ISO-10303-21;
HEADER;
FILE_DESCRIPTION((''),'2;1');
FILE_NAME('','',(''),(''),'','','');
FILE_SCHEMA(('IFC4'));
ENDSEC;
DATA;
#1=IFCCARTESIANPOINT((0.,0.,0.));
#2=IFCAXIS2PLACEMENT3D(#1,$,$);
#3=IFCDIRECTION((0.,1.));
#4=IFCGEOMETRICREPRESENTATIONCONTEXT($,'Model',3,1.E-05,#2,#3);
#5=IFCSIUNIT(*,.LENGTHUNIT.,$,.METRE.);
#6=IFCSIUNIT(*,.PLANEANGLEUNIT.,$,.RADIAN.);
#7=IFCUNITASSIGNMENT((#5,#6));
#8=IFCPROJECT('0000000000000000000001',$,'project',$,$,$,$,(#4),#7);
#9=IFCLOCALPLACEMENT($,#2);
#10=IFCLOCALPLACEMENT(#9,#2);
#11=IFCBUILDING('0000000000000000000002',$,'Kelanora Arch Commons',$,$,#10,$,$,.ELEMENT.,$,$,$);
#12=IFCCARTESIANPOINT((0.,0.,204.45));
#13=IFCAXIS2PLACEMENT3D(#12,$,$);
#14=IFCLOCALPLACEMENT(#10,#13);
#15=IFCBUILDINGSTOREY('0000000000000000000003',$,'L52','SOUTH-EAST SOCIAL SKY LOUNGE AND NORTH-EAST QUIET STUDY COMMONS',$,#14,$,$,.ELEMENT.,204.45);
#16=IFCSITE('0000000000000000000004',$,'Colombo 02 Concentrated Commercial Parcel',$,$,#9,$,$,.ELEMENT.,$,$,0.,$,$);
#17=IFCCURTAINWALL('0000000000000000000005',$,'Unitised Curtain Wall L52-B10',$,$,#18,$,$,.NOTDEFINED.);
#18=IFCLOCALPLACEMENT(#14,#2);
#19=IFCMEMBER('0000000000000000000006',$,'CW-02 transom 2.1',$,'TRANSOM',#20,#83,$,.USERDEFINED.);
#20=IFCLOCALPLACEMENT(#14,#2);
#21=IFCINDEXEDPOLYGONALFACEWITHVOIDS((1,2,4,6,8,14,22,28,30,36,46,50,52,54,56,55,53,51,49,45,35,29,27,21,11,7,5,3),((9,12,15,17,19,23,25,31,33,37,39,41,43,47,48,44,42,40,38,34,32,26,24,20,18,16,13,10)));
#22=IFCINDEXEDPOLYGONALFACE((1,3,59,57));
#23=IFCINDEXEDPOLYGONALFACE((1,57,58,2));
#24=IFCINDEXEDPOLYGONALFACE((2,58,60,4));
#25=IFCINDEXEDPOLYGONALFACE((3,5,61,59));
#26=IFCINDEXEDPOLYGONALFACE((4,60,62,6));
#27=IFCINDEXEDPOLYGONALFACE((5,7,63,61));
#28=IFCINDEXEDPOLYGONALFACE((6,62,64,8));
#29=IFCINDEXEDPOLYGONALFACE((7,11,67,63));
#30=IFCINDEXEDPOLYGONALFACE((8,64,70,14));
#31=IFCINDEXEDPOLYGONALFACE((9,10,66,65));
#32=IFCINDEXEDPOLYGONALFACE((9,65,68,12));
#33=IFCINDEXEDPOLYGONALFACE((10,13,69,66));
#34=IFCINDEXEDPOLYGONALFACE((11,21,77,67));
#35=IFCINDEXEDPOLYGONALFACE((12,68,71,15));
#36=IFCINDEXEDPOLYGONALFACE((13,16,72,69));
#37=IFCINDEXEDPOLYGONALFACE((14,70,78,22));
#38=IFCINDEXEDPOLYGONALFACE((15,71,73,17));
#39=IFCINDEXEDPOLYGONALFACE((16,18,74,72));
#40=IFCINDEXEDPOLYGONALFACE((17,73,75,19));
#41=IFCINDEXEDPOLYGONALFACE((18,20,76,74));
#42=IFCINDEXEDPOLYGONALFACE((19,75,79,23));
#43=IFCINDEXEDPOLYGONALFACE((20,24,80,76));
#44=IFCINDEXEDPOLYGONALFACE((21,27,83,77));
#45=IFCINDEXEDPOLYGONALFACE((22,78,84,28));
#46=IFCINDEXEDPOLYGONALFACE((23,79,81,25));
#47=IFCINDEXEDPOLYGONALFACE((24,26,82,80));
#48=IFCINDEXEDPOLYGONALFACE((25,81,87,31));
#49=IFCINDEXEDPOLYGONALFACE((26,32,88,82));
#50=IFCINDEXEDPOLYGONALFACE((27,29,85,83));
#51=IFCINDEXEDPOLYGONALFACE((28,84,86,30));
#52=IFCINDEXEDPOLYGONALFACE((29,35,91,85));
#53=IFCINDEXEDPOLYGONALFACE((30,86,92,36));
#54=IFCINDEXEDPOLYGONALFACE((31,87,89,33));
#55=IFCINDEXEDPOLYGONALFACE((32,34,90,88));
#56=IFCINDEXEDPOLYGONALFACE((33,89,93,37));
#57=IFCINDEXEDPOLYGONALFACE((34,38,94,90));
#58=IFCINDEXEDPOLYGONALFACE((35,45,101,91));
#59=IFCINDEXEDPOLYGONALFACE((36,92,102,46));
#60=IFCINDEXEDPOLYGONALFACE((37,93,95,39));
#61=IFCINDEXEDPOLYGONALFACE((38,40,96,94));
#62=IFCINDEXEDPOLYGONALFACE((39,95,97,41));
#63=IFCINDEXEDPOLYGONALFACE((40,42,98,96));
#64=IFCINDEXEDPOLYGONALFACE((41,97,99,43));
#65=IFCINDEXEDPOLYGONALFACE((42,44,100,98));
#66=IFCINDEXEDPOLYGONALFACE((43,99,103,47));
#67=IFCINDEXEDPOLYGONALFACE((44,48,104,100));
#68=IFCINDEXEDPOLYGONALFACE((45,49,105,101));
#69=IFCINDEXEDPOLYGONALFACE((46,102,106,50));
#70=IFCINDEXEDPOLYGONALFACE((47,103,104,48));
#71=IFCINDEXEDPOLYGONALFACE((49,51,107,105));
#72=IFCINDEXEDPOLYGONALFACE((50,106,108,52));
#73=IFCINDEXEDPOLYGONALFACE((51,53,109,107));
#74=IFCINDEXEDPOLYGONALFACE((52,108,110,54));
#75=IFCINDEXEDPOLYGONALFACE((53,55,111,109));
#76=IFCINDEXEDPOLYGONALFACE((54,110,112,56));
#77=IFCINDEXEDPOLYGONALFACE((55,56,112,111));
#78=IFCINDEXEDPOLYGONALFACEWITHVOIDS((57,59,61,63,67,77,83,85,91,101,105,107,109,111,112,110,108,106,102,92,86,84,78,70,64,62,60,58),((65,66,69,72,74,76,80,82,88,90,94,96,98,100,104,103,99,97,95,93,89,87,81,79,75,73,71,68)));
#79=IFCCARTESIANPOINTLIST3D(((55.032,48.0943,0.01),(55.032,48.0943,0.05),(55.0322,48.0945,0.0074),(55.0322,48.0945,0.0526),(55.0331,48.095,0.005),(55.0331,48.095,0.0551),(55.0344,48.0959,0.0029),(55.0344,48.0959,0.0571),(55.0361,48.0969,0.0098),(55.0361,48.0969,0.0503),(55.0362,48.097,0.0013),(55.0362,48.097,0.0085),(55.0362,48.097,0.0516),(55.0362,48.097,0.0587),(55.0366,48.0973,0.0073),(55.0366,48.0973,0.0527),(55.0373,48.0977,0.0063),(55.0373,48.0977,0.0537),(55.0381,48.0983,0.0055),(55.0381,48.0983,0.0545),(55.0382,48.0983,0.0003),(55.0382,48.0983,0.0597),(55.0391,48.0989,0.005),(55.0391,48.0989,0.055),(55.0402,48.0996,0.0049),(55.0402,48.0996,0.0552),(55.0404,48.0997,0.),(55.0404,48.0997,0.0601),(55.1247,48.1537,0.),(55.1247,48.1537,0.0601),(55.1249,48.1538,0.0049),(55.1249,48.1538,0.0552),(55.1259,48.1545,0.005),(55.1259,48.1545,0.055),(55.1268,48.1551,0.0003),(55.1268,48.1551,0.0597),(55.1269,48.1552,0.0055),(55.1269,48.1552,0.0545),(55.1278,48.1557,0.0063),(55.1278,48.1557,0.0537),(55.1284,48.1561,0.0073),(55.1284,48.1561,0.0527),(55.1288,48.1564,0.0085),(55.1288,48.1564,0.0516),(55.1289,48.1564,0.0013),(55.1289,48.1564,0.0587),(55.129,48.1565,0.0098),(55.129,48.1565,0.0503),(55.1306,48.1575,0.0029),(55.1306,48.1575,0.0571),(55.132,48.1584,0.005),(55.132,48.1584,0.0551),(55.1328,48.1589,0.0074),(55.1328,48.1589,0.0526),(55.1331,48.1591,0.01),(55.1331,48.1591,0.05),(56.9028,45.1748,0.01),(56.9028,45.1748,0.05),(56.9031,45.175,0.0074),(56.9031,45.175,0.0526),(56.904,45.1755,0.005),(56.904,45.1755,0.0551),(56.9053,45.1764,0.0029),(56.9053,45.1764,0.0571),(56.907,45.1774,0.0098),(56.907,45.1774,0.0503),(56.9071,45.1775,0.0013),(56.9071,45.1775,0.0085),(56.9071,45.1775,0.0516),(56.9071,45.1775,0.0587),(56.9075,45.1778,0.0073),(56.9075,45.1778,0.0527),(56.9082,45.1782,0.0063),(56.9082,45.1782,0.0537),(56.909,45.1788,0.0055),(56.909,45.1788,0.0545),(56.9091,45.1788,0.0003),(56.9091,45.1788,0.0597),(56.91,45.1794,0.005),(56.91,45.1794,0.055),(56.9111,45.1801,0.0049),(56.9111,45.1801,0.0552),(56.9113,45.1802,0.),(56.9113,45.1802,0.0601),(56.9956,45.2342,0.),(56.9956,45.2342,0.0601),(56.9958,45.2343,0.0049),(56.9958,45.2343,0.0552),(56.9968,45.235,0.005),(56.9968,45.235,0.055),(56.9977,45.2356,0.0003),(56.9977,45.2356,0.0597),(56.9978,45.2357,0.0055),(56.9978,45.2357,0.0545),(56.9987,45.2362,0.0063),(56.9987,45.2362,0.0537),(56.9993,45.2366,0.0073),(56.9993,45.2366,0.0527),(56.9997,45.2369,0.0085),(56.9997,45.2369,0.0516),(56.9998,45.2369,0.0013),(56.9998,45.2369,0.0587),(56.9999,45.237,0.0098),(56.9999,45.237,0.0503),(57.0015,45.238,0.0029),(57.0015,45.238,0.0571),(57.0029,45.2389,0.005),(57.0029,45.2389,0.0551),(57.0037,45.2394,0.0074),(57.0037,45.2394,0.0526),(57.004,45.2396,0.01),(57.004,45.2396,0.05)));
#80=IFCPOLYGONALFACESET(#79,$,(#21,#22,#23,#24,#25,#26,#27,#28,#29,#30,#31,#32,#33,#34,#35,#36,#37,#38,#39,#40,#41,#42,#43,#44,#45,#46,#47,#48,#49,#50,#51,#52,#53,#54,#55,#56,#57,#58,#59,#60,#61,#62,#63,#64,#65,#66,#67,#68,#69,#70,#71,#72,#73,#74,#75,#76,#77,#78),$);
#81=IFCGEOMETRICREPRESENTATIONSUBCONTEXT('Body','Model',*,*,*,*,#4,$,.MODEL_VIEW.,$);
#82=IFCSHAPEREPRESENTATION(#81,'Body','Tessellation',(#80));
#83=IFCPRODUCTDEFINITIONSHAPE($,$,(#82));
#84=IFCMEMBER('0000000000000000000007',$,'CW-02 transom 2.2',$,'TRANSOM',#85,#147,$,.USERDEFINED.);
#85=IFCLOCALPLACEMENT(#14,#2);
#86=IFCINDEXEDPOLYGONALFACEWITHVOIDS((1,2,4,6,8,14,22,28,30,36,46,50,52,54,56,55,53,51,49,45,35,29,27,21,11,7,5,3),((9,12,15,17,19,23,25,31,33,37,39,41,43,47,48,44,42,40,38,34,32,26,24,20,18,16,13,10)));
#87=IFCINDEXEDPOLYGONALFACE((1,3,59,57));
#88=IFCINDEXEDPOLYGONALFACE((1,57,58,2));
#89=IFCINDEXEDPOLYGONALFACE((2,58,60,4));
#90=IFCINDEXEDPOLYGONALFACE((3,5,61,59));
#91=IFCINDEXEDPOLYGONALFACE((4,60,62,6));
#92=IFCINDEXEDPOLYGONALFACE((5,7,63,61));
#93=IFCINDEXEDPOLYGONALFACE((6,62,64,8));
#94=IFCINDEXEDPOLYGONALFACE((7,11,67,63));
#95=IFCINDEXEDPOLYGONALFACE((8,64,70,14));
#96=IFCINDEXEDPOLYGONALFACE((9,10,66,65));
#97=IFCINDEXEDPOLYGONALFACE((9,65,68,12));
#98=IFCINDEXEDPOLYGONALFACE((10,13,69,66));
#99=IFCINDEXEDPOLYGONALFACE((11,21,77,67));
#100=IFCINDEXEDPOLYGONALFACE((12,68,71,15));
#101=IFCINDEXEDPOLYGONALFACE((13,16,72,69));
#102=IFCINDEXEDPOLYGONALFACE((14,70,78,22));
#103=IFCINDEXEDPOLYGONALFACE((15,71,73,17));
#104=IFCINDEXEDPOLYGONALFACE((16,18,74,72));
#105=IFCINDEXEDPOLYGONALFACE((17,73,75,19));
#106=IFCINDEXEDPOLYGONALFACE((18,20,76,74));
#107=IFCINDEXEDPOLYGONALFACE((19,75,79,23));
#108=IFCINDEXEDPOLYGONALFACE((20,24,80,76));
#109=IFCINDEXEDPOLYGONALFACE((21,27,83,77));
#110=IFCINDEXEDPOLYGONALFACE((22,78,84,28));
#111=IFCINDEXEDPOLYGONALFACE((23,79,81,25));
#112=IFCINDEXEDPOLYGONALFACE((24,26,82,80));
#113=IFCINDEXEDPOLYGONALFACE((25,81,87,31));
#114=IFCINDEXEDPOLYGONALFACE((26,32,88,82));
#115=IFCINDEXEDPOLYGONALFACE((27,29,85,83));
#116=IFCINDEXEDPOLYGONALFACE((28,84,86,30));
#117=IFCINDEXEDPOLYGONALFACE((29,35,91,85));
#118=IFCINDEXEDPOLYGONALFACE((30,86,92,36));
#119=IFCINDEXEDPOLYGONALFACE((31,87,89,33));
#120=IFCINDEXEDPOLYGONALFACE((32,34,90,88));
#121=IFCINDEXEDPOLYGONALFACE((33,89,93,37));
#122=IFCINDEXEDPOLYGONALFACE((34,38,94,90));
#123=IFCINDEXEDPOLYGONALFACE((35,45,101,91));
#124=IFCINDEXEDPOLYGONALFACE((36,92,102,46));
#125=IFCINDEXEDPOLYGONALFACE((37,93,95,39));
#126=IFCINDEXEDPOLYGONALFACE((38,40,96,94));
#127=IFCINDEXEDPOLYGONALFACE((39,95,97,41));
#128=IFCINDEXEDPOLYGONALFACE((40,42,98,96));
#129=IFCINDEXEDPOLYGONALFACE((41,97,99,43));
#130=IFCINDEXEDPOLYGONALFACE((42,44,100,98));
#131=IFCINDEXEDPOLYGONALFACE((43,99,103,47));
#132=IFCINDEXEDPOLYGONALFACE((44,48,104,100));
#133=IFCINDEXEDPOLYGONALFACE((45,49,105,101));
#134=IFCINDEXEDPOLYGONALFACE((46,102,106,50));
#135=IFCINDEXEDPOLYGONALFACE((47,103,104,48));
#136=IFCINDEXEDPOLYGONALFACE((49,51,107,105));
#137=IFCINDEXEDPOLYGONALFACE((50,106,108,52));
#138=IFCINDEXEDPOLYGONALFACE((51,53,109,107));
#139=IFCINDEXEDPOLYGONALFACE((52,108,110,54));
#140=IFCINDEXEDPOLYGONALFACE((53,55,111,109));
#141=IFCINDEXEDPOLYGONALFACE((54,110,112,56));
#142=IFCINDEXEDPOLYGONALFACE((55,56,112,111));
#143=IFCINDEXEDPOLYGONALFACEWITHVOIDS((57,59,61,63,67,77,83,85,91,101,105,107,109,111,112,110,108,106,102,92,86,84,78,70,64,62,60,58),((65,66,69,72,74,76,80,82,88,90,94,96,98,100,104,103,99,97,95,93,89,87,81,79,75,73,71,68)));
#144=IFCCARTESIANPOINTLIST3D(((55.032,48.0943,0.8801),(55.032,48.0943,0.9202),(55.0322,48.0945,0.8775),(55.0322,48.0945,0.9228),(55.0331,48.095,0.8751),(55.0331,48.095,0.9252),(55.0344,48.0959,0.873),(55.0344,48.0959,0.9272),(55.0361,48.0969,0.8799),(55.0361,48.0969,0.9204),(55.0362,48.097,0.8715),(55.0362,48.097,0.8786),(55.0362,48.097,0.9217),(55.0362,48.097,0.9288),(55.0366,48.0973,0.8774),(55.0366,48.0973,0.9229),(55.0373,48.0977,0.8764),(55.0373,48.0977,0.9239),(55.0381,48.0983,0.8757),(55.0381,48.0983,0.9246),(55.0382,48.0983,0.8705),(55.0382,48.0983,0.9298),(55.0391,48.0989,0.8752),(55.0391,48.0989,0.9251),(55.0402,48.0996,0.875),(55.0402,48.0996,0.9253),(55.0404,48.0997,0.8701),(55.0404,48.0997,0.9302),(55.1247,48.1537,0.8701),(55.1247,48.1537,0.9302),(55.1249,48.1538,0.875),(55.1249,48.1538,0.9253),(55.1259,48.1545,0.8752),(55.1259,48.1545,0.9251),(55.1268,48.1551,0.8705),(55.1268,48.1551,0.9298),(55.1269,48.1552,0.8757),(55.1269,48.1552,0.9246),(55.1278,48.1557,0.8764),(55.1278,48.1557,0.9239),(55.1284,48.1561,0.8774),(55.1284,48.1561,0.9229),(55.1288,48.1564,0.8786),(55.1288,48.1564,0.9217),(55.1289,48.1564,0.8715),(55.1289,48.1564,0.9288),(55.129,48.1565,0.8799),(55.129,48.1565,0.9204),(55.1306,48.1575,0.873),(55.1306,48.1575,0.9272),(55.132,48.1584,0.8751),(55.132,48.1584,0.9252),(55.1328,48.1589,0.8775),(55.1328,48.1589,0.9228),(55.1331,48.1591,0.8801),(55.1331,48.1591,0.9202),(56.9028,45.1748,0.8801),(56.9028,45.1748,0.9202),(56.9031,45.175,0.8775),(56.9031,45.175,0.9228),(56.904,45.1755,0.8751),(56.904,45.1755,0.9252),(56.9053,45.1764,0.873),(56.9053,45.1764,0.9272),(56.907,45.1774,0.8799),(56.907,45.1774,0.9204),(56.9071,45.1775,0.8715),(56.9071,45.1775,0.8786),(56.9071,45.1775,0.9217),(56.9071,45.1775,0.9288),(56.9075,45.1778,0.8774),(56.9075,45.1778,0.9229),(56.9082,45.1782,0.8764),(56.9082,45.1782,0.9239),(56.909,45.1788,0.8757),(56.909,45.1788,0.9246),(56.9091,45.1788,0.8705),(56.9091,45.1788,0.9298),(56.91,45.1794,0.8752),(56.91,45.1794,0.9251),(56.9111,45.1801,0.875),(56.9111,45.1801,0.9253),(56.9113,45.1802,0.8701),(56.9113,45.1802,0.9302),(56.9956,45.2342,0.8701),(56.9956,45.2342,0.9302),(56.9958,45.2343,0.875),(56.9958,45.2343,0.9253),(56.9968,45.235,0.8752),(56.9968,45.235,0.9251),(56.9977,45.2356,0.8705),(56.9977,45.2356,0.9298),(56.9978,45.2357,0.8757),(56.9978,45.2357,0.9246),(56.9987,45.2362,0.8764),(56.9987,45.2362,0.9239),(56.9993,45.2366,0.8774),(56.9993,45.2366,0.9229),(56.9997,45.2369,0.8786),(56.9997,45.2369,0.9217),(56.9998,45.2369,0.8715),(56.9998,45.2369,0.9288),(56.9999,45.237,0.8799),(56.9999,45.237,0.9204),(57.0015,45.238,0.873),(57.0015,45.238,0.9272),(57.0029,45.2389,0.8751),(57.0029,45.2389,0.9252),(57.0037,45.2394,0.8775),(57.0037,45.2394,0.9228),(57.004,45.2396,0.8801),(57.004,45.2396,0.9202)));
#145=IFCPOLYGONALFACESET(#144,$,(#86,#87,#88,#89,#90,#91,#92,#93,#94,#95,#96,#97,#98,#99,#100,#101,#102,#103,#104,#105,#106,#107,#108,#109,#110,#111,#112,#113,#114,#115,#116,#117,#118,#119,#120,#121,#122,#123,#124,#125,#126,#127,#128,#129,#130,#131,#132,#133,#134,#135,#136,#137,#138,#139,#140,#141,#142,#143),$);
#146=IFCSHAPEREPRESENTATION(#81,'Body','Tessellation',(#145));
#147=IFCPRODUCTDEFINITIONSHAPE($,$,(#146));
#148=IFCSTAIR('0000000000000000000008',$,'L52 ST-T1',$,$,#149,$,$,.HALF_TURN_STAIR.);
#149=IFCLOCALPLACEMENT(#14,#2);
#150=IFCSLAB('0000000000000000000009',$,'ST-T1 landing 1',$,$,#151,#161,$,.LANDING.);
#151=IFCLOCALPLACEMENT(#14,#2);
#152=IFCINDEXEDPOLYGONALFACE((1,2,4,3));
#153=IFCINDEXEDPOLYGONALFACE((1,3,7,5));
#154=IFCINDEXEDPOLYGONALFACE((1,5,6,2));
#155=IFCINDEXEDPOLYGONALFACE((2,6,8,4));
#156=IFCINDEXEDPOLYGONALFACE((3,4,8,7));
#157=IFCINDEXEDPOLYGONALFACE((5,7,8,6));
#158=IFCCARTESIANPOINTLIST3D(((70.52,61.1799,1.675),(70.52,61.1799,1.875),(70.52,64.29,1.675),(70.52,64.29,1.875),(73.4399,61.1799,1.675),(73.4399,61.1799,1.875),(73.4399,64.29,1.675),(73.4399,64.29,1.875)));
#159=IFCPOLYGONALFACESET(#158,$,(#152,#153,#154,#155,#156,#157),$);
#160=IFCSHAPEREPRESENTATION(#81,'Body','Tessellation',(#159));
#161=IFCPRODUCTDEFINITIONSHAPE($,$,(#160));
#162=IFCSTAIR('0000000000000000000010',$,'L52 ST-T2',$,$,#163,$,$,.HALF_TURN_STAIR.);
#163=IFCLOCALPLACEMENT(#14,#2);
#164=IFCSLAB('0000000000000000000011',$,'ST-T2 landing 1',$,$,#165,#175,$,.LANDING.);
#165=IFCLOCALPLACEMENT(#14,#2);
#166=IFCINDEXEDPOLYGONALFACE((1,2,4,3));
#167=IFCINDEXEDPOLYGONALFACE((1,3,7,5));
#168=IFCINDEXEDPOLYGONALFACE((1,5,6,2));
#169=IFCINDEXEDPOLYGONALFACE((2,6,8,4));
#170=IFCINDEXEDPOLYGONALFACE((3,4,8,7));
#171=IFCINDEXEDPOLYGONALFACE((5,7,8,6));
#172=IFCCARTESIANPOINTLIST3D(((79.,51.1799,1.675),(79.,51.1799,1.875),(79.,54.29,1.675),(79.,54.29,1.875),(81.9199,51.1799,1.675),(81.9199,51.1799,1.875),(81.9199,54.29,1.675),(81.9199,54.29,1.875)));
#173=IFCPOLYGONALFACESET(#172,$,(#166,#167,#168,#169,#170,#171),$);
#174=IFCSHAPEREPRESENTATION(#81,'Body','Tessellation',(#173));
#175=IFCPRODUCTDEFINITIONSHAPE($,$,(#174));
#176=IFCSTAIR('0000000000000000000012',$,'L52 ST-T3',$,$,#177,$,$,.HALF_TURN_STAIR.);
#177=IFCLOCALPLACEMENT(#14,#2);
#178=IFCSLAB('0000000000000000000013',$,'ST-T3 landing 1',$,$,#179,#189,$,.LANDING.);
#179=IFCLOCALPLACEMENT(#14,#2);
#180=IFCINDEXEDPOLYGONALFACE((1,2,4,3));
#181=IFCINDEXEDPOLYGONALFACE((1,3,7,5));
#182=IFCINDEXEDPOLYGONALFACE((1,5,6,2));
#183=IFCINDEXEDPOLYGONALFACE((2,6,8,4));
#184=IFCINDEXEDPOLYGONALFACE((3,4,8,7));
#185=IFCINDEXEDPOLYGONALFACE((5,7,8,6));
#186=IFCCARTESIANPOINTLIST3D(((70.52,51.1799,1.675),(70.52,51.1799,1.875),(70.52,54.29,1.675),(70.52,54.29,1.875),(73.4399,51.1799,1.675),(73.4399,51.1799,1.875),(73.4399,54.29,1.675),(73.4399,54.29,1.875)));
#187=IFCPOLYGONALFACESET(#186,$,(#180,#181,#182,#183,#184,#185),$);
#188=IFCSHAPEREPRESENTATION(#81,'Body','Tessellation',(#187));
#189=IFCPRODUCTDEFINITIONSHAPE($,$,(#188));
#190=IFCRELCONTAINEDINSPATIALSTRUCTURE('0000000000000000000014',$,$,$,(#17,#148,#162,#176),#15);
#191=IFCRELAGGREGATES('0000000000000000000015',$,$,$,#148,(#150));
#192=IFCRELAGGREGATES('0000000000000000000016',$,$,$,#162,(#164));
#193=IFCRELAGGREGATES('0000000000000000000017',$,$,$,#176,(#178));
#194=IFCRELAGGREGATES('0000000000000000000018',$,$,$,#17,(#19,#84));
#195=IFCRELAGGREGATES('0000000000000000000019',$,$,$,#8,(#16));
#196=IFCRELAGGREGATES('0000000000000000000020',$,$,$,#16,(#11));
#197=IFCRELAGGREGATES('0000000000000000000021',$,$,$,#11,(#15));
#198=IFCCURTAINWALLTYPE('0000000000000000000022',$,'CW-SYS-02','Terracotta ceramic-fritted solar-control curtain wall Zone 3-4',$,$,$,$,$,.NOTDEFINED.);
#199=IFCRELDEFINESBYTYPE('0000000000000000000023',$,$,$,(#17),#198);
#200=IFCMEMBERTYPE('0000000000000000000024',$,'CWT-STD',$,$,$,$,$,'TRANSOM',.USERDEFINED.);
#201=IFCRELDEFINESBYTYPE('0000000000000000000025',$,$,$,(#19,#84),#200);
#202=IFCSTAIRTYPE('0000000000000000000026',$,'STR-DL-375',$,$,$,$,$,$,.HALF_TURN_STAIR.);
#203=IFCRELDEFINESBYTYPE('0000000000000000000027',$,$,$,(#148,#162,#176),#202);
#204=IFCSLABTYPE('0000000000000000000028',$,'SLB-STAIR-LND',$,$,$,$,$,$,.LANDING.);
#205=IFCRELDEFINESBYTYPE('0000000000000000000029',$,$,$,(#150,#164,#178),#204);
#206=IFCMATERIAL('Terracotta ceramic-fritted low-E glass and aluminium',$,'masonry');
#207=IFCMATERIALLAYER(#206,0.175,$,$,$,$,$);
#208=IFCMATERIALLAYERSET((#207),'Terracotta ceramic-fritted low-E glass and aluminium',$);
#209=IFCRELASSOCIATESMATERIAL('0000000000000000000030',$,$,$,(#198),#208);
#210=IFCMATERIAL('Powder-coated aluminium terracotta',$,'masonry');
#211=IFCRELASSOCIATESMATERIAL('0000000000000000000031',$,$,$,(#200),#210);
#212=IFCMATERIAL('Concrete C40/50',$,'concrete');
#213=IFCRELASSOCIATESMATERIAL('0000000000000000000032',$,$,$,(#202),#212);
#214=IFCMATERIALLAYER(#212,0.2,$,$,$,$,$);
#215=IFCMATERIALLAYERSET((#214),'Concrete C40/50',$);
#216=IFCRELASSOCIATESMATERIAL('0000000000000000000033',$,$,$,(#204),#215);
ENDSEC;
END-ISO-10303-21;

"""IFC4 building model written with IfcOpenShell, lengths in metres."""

from ifc_helpers import new_model, si_unit, direction, frame, origin, origin_2d, place, context, subcontext, project, spatial, polyline, hollow_rectangle, outline, extrude, material, layer, layer_set, material_profile, profile_set, type_object, element, aggregate, save


model = new_model("IFC4")

# Units and contexts
model_context = context("Model", 3, precision=1e-05, world=origin(), true_north=direction((0.0, 1.0)))
body_context = subcontext(model_context, "Body", "Model", "MODEL_VIEW")
ifc_project = project(units=[si_unit("LENGTHUNIT", "METRE"), si_unit("PLANEANGLEUNIT", "RADIAN")], contexts=[model_context])

# Site, building, storey
site_placement = place(None, origin())
site = spatial("IfcSite", under=ifc_project, at=site_placement, Name="Colombo 02 Concentrated Commercial Parcel", CompositionType="ELEMENT", RefElevation=0.0)
building_placement = place(site_placement, origin())
building = spatial("IfcBuilding", under=site, at=building_placement, Name="Kelanora Arch Commons", CompositionType="ELEMENT")
storey_placement = place(building_placement, frame((0.0, 0.0, 204.45)))
storey = spatial("IfcBuildingStorey", under=building, at=storey_placement, Name="L52", Description="SOUTH-EAST SOCIAL SKY LOUNGE AND NORTH-EAST QUIET STUDY COMMONS", CompositionType="ELEMENT", Elevation=204.45)

# Shared definitions
ifc_material_1 = material(Name="Terracotta ceramic-fritted low-E glass and aluminium", Category="masonry")
ifc_layer_1 = layer(ifc_material_1, 0.175)
ifc_layer_set_1 = layer_set([ifc_layer_1], Name="Terracotta ceramic-fritted low-E glass and aluminium")
curtain_wall_type = type_object("IfcCurtainWallType", Name="CW-SYS-02", Description="Terracotta ceramic-fritted solar-control curtain wall Zone 3-4", PredefinedType="NOTDEFINED", material=ifc_layer_set_1)
ifc_material_2 = material(Name="Powder-coated aluminium terracotta", Category="masonry")

# Curtain wall, members
curtain_wall_1_placement = place(storey_placement, origin())
curtain_wall_1 = element("IfcCurtainWall", 1, at=curtain_wall_1_placement, inside=storey, type_object=curtain_wall_type, Name="Unitised Curtain Wall L52-B10", PredefinedType="NOTDEFINED")
ifc_material_profile_1 = material_profile(ifc_material_2, hollow_rectangle(XDim=0.1201, YDim=0.0601, WallThickness=0.0049, InnerFilletRadius=0.0049, OuterFilletRadius=0.01, at=origin_2d()), Name="CWT120x60")
ifc_profile_set_1 = profile_set([ifc_material_profile_1], Name="Powder-coated aluminium terracotta")
member_type_1 = type_object("IfcMemberType", Name="CWT-STD", ElementType="TRANSOM", PredefinedType="USERDEFINED", material=ifc_profile_set_1)
member_1_placement = place(storey_placement, frame((55.0825, 48.1267, 0.03), z_axis=(0.539547, -0.841955, 0.0), x_axis=(0.841955, 0.539547, 0.0)))
member_1 = element("IfcMember", 2, at=member_1_placement, type_object=member_type_1, Name="CW-02 transom 2.1", ObjectType="TRANSOM", PredefinedType="USERDEFINED", context=body_context, shape_type="SweptSolid", body=[
    extrude(hollow_rectangle(XDim=0.1201, YDim=0.0601, WallThickness=0.0049, InnerFilletRadius=0.0049, OuterFilletRadius=0.01, at=origin_2d()), origin(), (0.0, 0.0, 1.0), 3.4675),
])
member_2_placement = place(storey_placement, frame((55.0825, 48.1267, 0.9001), z_axis=(0.539547, -0.841955, 0.0), x_axis=(0.841955, 0.539547, 0.0)))
member_2 = element("IfcMember", 3, at=member_2_placement, type_object=member_type_1, Name="CW-02 transom 2.2", ObjectType="TRANSOM", PredefinedType="USERDEFINED", context=body_context, shape_type="SweptSolid", body=[
    extrude(hollow_rectangle(XDim=0.1201, YDim=0.0601, WallThickness=0.0049, InnerFilletRadius=0.0049, OuterFilletRadius=0.01, at=origin_2d()), origin(), (0.0, 0.0, 1.0), 3.4675),
])

# Stairs, slabs
ifc_material_3 = material(Name="Concrete C40/50", Category="concrete")
stair_type = type_object("IfcStairType", Name="STR-DL-375", PredefinedType="HALF_TURN_STAIR", material=ifc_material_3)
stair_1_placement = place(storey_placement, origin())
stair_1 = element("IfcStair", 4, at=stair_1_placement, inside=storey, type_object=stair_type, Name="L52 ST-T1", PredefinedType="HALF_TURN_STAIR")
ifc_layer_2 = layer(ifc_material_3, 0.2)
ifc_layer_set_2 = layer_set([ifc_layer_2], Name="Concrete C40/50")
slab_type_1 = type_object("IfcSlabType", Name="SLB-STAIR-LND", PredefinedType="LANDING", material=ifc_layer_set_2)
slab_1_placement = place(storey_placement, frame((0.0, 0.0, 1.675)))
slab_1 = element("IfcSlab", 5, at=slab_1_placement, type_object=slab_type_1, Name="ST-T1 landing 1", PredefinedType="LANDING", context=body_context, shape_type="SweptSolid", body=[
    extrude(outline(polyline([(70.52, 61.1799), (73.4399, 61.1799), (73.4399, 64.29), (70.52, 64.29), (70.52, 61.1799)])), origin(), (0.0, 0.0, 1.0), 0.2),
])
aggregate(stair_1, [slab_1])
stair_2_placement = place(storey_placement, origin())
stair_2 = element("IfcStair", 6, at=stair_2_placement, inside=storey, type_object=stair_type, Name="L52 ST-T2", PredefinedType="HALF_TURN_STAIR")
slab_2_placement = place(storey_placement, frame((0.0, 0.0, 1.675)))
slab_2 = element("IfcSlab", 7, at=slab_2_placement, type_object=slab_type_1, Name="ST-T2 landing 1", PredefinedType="LANDING", context=body_context, shape_type="SweptSolid", body=[
    extrude(outline(polyline([(79.0, 51.1799), (81.9199, 51.1799), (81.9199, 54.29), (79.0, 54.29), (79.0, 51.1799)])), origin(), (0.0, 0.0, 1.0), 0.2),
])
aggregate(stair_2, [slab_2])
stair_3_placement = place(storey_placement, origin())
stair_3 = element("IfcStair", 8, at=stair_3_placement, inside=storey, type_object=stair_type, Name="L52 ST-T3", PredefinedType="HALF_TURN_STAIR")
slab_3_placement = place(storey_placement, frame((0.0, 0.0, 1.675)))
slab_3 = element("IfcSlab", 9, at=slab_3_placement, type_object=slab_type_1, Name="ST-T3 landing 1", PredefinedType="LANDING", context=body_context, shape_type="SweptSolid", body=[
    extrude(outline(polyline([(70.52, 51.1799), (73.4399, 51.1799), (73.4399, 54.29), (70.52, 54.29), (70.52, 51.1799)])), origin(), (0.0, 0.0, 1.0), 0.2),
])
aggregate(stair_3, [slab_3])

aggregate(curtain_wall_1, [member_1, member_2])

save(model, "model.ifc")
